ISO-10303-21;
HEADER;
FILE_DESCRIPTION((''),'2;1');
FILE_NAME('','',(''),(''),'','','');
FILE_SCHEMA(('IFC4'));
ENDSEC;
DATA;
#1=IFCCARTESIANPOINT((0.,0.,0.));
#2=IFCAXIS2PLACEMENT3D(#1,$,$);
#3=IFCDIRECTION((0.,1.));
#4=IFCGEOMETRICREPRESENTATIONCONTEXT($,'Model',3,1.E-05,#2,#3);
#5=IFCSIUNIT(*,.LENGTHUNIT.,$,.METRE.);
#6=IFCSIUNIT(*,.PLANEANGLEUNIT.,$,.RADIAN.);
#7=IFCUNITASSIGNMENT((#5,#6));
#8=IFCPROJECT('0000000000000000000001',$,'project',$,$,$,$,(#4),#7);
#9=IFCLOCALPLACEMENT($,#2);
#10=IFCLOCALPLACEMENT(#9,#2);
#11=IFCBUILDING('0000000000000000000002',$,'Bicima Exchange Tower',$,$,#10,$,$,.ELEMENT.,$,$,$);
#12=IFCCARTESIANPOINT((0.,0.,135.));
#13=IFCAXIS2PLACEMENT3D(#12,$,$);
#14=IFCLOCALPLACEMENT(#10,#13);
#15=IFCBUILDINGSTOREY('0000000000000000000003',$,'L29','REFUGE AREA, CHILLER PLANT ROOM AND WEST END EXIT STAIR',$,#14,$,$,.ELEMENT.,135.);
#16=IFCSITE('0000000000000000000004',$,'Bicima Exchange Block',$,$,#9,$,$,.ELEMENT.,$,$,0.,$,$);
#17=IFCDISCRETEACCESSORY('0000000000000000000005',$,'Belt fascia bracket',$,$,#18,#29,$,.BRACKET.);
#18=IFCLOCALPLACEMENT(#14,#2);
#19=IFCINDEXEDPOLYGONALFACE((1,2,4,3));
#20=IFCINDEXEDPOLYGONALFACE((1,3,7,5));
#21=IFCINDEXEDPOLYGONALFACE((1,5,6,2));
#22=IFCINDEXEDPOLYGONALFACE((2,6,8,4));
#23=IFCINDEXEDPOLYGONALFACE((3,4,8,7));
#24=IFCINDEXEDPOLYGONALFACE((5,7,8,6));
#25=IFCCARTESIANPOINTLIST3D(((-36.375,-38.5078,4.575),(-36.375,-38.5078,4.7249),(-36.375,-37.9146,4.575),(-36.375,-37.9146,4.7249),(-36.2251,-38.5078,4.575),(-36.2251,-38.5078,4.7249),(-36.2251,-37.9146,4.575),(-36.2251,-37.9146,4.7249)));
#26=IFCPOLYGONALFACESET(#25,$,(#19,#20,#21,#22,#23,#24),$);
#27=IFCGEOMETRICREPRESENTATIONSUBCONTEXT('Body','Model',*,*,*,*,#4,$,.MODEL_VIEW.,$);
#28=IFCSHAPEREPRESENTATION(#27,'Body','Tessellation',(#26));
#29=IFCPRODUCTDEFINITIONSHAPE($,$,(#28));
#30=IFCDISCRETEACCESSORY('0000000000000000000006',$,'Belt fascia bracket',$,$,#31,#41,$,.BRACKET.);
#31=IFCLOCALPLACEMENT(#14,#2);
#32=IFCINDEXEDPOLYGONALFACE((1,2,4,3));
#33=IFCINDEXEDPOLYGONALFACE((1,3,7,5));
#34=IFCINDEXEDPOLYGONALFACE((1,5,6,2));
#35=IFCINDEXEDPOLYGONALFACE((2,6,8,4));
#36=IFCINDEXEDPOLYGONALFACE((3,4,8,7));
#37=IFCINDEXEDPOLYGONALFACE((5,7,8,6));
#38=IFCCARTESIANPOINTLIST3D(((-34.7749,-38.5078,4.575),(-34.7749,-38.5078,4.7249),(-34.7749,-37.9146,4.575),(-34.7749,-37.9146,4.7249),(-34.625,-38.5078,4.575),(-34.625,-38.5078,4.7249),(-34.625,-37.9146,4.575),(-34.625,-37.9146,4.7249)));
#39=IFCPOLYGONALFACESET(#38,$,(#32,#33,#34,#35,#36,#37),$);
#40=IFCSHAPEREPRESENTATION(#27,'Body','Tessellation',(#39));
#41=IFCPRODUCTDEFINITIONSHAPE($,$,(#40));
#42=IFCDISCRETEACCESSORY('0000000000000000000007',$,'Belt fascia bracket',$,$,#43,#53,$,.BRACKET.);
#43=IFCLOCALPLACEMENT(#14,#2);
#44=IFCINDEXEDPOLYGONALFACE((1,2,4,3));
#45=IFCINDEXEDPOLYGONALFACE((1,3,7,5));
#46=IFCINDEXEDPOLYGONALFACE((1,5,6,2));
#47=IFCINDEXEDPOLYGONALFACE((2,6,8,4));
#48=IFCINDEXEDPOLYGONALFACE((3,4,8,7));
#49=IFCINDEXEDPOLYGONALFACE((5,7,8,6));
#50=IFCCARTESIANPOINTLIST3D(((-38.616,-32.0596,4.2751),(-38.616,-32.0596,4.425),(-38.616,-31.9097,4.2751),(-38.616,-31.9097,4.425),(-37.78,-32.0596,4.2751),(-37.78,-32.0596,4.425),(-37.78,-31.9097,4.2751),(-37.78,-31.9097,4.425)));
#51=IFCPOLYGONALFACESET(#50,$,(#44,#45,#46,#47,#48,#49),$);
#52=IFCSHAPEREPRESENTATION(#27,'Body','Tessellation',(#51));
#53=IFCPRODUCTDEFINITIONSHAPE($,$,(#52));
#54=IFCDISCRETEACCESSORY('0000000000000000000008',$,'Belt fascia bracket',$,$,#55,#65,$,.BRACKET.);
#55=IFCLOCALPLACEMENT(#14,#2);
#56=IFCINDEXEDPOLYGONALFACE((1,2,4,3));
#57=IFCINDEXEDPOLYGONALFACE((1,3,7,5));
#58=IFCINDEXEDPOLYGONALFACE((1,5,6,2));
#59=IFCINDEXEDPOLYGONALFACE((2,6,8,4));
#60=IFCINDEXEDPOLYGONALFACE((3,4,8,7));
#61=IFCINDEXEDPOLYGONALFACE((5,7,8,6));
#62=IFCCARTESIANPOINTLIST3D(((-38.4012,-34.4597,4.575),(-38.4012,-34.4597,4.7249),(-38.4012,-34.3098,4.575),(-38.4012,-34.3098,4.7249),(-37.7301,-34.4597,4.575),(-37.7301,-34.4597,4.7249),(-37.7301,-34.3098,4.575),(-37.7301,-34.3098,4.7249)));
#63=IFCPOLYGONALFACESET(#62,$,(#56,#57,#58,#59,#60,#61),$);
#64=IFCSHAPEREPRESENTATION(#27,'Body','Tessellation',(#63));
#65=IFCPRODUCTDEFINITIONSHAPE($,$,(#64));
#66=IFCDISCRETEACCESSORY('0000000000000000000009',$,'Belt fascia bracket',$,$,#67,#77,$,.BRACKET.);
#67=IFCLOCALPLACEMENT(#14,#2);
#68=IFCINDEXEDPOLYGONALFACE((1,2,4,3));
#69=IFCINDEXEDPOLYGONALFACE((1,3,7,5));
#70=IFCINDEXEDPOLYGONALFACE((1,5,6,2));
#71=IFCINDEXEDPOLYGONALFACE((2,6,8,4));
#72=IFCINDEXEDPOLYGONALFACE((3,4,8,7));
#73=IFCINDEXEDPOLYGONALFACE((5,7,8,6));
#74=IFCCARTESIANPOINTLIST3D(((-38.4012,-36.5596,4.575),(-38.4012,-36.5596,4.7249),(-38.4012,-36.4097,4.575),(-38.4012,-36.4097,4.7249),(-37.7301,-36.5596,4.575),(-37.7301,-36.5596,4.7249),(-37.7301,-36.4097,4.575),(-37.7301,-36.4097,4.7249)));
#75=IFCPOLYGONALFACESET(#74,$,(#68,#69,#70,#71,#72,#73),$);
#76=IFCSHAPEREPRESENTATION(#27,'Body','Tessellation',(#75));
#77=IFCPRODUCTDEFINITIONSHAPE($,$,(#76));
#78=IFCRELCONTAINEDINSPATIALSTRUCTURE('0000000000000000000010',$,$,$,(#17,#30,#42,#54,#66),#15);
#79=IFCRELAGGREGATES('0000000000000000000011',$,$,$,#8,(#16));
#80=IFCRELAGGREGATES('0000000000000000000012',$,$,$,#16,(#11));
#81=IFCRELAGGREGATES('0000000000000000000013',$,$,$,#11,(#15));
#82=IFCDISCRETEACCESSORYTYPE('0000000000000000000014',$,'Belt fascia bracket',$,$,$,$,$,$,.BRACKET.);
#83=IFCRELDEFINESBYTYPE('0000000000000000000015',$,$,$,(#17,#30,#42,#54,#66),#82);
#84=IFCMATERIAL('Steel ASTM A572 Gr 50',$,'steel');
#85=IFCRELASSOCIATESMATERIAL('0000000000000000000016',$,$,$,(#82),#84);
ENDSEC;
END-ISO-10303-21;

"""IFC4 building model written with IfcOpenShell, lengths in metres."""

from ifc_helpers import new_model, si_unit, direction, frame, origin, origin_2d, place, context, subcontext, project, spatial, rectangle, extrude, material, type_object, element, save


model = new_model("IFC4")

# Units and contexts
model_context = context("Model", 3, precision=1e-05, world=origin(), true_north=direction((0.0, 1.0)))
body_context = subcontext(model_context, "Body", "Model", "MODEL_VIEW")
ifc_project = project(units=[si_unit("LENGTHUNIT", "METRE"), si_unit("PLANEANGLEUNIT", "RADIAN")], contexts=[model_context])

# Site, building, storey
site_placement = place(None, origin())
site = spatial("IfcSite", under=ifc_project, at=site_placement, Name="Bicima Exchange Block", CompositionType="ELEMENT", RefElevation=0.0)
building_placement = place(site_placement, origin())
building = spatial("IfcBuilding", under=site, at=building_placement, Name="Bicima Exchange Tower", CompositionType="ELEMENT")
storey_placement = place(building_placement, frame((0.0, 0.0, 135.0)))
storey = spatial("IfcBuildingStorey", under=building, at=storey_placement, Name="L29", Description="REFUGE AREA, CHILLER PLANT ROOM AND WEST END EXIT STAIR", CompositionType="ELEMENT", Elevation=135.0)

# Shared definitions
ifc_material_1 = material(Name="Steel ASTM A572 Gr 50", Category="steel")

# Discrete accessories
discrete_accessory_type = type_object("IfcDiscreteAccessoryType", Name="Belt fascia bracket", PredefinedType="BRACKET", material=ifc_material_1)
for number, where, z_axis, x_axis, name in (
    (1, (-36.3, -38.2112, 4.575), (0.0, 0.0, 1.0), (1.0, 0.0, 0.0), "Belt fascia bracket"),
    (2, (-34.7, -38.2112, 4.575), (0.0, 0.0, 1.0), (1.0, 0.0, 0.0), "Belt fascia bracket"),
):
    element("IfcDiscreteAccessory", number, at=place(storey_placement, frame(where, z_axis=z_axis, x_axis=x_axis)), inside=storey, type_object=discrete_accessory_type, Name=name, PredefinedType="BRACKET", context=body_context, shape_type="SweptSolid", body=[
        extrude(rectangle(XDim=0.1499, YDim=0.5933, at=origin_2d()), origin(), (0.0, 0.0, 1.0), 0.1499),
    ])
discrete_accessory_placement = place(storey_placement, frame((-38.198, -31.9846, 4.2751), z_axis=(0.0, 0.0, 1.0), x_axis=(0.0, -1.0, 0.0)))
element("IfcDiscreteAccessory", 3, at=discrete_accessory_placement, inside=storey, type_object=discrete_accessory_type, Name="Belt fascia bracket", PredefinedType="BRACKET", context=body_context, shape_type="SweptSolid", body=[
    extrude(rectangle(XDim=0.1499, YDim=0.8359, at=origin_2d()), origin(), (0.0, 0.0, 1.0), 0.1499),
])
for number, where, z_axis, x_axis, name in (
    (4, (-38.0657, -34.3848, 4.575), (0.0, 0.0, 1.0), (0.0, -1.0, 0.0), "Belt fascia bracket"),
    (5, (-38.0657, -36.4846, 4.575), (0.0, 0.0, 1.0), (0.0, -1.0, 0.0), "Belt fascia bracket"),
):
    element("IfcDiscreteAccessory", number, at=place(storey_placement, frame(where, z_axis=z_axis, x_axis=x_axis)), inside=storey, type_object=discrete_accessory_type, Name=name, PredefinedType="BRACKET", context=body_context, shape_type="SweptSolid", body=[
        extrude(rectangle(XDim=0.1499, YDim=0.6711, at=origin_2d()), origin(), (0.0, 0.0, 1.0), 0.1499),
    ])

save(model, "model.ifc")
